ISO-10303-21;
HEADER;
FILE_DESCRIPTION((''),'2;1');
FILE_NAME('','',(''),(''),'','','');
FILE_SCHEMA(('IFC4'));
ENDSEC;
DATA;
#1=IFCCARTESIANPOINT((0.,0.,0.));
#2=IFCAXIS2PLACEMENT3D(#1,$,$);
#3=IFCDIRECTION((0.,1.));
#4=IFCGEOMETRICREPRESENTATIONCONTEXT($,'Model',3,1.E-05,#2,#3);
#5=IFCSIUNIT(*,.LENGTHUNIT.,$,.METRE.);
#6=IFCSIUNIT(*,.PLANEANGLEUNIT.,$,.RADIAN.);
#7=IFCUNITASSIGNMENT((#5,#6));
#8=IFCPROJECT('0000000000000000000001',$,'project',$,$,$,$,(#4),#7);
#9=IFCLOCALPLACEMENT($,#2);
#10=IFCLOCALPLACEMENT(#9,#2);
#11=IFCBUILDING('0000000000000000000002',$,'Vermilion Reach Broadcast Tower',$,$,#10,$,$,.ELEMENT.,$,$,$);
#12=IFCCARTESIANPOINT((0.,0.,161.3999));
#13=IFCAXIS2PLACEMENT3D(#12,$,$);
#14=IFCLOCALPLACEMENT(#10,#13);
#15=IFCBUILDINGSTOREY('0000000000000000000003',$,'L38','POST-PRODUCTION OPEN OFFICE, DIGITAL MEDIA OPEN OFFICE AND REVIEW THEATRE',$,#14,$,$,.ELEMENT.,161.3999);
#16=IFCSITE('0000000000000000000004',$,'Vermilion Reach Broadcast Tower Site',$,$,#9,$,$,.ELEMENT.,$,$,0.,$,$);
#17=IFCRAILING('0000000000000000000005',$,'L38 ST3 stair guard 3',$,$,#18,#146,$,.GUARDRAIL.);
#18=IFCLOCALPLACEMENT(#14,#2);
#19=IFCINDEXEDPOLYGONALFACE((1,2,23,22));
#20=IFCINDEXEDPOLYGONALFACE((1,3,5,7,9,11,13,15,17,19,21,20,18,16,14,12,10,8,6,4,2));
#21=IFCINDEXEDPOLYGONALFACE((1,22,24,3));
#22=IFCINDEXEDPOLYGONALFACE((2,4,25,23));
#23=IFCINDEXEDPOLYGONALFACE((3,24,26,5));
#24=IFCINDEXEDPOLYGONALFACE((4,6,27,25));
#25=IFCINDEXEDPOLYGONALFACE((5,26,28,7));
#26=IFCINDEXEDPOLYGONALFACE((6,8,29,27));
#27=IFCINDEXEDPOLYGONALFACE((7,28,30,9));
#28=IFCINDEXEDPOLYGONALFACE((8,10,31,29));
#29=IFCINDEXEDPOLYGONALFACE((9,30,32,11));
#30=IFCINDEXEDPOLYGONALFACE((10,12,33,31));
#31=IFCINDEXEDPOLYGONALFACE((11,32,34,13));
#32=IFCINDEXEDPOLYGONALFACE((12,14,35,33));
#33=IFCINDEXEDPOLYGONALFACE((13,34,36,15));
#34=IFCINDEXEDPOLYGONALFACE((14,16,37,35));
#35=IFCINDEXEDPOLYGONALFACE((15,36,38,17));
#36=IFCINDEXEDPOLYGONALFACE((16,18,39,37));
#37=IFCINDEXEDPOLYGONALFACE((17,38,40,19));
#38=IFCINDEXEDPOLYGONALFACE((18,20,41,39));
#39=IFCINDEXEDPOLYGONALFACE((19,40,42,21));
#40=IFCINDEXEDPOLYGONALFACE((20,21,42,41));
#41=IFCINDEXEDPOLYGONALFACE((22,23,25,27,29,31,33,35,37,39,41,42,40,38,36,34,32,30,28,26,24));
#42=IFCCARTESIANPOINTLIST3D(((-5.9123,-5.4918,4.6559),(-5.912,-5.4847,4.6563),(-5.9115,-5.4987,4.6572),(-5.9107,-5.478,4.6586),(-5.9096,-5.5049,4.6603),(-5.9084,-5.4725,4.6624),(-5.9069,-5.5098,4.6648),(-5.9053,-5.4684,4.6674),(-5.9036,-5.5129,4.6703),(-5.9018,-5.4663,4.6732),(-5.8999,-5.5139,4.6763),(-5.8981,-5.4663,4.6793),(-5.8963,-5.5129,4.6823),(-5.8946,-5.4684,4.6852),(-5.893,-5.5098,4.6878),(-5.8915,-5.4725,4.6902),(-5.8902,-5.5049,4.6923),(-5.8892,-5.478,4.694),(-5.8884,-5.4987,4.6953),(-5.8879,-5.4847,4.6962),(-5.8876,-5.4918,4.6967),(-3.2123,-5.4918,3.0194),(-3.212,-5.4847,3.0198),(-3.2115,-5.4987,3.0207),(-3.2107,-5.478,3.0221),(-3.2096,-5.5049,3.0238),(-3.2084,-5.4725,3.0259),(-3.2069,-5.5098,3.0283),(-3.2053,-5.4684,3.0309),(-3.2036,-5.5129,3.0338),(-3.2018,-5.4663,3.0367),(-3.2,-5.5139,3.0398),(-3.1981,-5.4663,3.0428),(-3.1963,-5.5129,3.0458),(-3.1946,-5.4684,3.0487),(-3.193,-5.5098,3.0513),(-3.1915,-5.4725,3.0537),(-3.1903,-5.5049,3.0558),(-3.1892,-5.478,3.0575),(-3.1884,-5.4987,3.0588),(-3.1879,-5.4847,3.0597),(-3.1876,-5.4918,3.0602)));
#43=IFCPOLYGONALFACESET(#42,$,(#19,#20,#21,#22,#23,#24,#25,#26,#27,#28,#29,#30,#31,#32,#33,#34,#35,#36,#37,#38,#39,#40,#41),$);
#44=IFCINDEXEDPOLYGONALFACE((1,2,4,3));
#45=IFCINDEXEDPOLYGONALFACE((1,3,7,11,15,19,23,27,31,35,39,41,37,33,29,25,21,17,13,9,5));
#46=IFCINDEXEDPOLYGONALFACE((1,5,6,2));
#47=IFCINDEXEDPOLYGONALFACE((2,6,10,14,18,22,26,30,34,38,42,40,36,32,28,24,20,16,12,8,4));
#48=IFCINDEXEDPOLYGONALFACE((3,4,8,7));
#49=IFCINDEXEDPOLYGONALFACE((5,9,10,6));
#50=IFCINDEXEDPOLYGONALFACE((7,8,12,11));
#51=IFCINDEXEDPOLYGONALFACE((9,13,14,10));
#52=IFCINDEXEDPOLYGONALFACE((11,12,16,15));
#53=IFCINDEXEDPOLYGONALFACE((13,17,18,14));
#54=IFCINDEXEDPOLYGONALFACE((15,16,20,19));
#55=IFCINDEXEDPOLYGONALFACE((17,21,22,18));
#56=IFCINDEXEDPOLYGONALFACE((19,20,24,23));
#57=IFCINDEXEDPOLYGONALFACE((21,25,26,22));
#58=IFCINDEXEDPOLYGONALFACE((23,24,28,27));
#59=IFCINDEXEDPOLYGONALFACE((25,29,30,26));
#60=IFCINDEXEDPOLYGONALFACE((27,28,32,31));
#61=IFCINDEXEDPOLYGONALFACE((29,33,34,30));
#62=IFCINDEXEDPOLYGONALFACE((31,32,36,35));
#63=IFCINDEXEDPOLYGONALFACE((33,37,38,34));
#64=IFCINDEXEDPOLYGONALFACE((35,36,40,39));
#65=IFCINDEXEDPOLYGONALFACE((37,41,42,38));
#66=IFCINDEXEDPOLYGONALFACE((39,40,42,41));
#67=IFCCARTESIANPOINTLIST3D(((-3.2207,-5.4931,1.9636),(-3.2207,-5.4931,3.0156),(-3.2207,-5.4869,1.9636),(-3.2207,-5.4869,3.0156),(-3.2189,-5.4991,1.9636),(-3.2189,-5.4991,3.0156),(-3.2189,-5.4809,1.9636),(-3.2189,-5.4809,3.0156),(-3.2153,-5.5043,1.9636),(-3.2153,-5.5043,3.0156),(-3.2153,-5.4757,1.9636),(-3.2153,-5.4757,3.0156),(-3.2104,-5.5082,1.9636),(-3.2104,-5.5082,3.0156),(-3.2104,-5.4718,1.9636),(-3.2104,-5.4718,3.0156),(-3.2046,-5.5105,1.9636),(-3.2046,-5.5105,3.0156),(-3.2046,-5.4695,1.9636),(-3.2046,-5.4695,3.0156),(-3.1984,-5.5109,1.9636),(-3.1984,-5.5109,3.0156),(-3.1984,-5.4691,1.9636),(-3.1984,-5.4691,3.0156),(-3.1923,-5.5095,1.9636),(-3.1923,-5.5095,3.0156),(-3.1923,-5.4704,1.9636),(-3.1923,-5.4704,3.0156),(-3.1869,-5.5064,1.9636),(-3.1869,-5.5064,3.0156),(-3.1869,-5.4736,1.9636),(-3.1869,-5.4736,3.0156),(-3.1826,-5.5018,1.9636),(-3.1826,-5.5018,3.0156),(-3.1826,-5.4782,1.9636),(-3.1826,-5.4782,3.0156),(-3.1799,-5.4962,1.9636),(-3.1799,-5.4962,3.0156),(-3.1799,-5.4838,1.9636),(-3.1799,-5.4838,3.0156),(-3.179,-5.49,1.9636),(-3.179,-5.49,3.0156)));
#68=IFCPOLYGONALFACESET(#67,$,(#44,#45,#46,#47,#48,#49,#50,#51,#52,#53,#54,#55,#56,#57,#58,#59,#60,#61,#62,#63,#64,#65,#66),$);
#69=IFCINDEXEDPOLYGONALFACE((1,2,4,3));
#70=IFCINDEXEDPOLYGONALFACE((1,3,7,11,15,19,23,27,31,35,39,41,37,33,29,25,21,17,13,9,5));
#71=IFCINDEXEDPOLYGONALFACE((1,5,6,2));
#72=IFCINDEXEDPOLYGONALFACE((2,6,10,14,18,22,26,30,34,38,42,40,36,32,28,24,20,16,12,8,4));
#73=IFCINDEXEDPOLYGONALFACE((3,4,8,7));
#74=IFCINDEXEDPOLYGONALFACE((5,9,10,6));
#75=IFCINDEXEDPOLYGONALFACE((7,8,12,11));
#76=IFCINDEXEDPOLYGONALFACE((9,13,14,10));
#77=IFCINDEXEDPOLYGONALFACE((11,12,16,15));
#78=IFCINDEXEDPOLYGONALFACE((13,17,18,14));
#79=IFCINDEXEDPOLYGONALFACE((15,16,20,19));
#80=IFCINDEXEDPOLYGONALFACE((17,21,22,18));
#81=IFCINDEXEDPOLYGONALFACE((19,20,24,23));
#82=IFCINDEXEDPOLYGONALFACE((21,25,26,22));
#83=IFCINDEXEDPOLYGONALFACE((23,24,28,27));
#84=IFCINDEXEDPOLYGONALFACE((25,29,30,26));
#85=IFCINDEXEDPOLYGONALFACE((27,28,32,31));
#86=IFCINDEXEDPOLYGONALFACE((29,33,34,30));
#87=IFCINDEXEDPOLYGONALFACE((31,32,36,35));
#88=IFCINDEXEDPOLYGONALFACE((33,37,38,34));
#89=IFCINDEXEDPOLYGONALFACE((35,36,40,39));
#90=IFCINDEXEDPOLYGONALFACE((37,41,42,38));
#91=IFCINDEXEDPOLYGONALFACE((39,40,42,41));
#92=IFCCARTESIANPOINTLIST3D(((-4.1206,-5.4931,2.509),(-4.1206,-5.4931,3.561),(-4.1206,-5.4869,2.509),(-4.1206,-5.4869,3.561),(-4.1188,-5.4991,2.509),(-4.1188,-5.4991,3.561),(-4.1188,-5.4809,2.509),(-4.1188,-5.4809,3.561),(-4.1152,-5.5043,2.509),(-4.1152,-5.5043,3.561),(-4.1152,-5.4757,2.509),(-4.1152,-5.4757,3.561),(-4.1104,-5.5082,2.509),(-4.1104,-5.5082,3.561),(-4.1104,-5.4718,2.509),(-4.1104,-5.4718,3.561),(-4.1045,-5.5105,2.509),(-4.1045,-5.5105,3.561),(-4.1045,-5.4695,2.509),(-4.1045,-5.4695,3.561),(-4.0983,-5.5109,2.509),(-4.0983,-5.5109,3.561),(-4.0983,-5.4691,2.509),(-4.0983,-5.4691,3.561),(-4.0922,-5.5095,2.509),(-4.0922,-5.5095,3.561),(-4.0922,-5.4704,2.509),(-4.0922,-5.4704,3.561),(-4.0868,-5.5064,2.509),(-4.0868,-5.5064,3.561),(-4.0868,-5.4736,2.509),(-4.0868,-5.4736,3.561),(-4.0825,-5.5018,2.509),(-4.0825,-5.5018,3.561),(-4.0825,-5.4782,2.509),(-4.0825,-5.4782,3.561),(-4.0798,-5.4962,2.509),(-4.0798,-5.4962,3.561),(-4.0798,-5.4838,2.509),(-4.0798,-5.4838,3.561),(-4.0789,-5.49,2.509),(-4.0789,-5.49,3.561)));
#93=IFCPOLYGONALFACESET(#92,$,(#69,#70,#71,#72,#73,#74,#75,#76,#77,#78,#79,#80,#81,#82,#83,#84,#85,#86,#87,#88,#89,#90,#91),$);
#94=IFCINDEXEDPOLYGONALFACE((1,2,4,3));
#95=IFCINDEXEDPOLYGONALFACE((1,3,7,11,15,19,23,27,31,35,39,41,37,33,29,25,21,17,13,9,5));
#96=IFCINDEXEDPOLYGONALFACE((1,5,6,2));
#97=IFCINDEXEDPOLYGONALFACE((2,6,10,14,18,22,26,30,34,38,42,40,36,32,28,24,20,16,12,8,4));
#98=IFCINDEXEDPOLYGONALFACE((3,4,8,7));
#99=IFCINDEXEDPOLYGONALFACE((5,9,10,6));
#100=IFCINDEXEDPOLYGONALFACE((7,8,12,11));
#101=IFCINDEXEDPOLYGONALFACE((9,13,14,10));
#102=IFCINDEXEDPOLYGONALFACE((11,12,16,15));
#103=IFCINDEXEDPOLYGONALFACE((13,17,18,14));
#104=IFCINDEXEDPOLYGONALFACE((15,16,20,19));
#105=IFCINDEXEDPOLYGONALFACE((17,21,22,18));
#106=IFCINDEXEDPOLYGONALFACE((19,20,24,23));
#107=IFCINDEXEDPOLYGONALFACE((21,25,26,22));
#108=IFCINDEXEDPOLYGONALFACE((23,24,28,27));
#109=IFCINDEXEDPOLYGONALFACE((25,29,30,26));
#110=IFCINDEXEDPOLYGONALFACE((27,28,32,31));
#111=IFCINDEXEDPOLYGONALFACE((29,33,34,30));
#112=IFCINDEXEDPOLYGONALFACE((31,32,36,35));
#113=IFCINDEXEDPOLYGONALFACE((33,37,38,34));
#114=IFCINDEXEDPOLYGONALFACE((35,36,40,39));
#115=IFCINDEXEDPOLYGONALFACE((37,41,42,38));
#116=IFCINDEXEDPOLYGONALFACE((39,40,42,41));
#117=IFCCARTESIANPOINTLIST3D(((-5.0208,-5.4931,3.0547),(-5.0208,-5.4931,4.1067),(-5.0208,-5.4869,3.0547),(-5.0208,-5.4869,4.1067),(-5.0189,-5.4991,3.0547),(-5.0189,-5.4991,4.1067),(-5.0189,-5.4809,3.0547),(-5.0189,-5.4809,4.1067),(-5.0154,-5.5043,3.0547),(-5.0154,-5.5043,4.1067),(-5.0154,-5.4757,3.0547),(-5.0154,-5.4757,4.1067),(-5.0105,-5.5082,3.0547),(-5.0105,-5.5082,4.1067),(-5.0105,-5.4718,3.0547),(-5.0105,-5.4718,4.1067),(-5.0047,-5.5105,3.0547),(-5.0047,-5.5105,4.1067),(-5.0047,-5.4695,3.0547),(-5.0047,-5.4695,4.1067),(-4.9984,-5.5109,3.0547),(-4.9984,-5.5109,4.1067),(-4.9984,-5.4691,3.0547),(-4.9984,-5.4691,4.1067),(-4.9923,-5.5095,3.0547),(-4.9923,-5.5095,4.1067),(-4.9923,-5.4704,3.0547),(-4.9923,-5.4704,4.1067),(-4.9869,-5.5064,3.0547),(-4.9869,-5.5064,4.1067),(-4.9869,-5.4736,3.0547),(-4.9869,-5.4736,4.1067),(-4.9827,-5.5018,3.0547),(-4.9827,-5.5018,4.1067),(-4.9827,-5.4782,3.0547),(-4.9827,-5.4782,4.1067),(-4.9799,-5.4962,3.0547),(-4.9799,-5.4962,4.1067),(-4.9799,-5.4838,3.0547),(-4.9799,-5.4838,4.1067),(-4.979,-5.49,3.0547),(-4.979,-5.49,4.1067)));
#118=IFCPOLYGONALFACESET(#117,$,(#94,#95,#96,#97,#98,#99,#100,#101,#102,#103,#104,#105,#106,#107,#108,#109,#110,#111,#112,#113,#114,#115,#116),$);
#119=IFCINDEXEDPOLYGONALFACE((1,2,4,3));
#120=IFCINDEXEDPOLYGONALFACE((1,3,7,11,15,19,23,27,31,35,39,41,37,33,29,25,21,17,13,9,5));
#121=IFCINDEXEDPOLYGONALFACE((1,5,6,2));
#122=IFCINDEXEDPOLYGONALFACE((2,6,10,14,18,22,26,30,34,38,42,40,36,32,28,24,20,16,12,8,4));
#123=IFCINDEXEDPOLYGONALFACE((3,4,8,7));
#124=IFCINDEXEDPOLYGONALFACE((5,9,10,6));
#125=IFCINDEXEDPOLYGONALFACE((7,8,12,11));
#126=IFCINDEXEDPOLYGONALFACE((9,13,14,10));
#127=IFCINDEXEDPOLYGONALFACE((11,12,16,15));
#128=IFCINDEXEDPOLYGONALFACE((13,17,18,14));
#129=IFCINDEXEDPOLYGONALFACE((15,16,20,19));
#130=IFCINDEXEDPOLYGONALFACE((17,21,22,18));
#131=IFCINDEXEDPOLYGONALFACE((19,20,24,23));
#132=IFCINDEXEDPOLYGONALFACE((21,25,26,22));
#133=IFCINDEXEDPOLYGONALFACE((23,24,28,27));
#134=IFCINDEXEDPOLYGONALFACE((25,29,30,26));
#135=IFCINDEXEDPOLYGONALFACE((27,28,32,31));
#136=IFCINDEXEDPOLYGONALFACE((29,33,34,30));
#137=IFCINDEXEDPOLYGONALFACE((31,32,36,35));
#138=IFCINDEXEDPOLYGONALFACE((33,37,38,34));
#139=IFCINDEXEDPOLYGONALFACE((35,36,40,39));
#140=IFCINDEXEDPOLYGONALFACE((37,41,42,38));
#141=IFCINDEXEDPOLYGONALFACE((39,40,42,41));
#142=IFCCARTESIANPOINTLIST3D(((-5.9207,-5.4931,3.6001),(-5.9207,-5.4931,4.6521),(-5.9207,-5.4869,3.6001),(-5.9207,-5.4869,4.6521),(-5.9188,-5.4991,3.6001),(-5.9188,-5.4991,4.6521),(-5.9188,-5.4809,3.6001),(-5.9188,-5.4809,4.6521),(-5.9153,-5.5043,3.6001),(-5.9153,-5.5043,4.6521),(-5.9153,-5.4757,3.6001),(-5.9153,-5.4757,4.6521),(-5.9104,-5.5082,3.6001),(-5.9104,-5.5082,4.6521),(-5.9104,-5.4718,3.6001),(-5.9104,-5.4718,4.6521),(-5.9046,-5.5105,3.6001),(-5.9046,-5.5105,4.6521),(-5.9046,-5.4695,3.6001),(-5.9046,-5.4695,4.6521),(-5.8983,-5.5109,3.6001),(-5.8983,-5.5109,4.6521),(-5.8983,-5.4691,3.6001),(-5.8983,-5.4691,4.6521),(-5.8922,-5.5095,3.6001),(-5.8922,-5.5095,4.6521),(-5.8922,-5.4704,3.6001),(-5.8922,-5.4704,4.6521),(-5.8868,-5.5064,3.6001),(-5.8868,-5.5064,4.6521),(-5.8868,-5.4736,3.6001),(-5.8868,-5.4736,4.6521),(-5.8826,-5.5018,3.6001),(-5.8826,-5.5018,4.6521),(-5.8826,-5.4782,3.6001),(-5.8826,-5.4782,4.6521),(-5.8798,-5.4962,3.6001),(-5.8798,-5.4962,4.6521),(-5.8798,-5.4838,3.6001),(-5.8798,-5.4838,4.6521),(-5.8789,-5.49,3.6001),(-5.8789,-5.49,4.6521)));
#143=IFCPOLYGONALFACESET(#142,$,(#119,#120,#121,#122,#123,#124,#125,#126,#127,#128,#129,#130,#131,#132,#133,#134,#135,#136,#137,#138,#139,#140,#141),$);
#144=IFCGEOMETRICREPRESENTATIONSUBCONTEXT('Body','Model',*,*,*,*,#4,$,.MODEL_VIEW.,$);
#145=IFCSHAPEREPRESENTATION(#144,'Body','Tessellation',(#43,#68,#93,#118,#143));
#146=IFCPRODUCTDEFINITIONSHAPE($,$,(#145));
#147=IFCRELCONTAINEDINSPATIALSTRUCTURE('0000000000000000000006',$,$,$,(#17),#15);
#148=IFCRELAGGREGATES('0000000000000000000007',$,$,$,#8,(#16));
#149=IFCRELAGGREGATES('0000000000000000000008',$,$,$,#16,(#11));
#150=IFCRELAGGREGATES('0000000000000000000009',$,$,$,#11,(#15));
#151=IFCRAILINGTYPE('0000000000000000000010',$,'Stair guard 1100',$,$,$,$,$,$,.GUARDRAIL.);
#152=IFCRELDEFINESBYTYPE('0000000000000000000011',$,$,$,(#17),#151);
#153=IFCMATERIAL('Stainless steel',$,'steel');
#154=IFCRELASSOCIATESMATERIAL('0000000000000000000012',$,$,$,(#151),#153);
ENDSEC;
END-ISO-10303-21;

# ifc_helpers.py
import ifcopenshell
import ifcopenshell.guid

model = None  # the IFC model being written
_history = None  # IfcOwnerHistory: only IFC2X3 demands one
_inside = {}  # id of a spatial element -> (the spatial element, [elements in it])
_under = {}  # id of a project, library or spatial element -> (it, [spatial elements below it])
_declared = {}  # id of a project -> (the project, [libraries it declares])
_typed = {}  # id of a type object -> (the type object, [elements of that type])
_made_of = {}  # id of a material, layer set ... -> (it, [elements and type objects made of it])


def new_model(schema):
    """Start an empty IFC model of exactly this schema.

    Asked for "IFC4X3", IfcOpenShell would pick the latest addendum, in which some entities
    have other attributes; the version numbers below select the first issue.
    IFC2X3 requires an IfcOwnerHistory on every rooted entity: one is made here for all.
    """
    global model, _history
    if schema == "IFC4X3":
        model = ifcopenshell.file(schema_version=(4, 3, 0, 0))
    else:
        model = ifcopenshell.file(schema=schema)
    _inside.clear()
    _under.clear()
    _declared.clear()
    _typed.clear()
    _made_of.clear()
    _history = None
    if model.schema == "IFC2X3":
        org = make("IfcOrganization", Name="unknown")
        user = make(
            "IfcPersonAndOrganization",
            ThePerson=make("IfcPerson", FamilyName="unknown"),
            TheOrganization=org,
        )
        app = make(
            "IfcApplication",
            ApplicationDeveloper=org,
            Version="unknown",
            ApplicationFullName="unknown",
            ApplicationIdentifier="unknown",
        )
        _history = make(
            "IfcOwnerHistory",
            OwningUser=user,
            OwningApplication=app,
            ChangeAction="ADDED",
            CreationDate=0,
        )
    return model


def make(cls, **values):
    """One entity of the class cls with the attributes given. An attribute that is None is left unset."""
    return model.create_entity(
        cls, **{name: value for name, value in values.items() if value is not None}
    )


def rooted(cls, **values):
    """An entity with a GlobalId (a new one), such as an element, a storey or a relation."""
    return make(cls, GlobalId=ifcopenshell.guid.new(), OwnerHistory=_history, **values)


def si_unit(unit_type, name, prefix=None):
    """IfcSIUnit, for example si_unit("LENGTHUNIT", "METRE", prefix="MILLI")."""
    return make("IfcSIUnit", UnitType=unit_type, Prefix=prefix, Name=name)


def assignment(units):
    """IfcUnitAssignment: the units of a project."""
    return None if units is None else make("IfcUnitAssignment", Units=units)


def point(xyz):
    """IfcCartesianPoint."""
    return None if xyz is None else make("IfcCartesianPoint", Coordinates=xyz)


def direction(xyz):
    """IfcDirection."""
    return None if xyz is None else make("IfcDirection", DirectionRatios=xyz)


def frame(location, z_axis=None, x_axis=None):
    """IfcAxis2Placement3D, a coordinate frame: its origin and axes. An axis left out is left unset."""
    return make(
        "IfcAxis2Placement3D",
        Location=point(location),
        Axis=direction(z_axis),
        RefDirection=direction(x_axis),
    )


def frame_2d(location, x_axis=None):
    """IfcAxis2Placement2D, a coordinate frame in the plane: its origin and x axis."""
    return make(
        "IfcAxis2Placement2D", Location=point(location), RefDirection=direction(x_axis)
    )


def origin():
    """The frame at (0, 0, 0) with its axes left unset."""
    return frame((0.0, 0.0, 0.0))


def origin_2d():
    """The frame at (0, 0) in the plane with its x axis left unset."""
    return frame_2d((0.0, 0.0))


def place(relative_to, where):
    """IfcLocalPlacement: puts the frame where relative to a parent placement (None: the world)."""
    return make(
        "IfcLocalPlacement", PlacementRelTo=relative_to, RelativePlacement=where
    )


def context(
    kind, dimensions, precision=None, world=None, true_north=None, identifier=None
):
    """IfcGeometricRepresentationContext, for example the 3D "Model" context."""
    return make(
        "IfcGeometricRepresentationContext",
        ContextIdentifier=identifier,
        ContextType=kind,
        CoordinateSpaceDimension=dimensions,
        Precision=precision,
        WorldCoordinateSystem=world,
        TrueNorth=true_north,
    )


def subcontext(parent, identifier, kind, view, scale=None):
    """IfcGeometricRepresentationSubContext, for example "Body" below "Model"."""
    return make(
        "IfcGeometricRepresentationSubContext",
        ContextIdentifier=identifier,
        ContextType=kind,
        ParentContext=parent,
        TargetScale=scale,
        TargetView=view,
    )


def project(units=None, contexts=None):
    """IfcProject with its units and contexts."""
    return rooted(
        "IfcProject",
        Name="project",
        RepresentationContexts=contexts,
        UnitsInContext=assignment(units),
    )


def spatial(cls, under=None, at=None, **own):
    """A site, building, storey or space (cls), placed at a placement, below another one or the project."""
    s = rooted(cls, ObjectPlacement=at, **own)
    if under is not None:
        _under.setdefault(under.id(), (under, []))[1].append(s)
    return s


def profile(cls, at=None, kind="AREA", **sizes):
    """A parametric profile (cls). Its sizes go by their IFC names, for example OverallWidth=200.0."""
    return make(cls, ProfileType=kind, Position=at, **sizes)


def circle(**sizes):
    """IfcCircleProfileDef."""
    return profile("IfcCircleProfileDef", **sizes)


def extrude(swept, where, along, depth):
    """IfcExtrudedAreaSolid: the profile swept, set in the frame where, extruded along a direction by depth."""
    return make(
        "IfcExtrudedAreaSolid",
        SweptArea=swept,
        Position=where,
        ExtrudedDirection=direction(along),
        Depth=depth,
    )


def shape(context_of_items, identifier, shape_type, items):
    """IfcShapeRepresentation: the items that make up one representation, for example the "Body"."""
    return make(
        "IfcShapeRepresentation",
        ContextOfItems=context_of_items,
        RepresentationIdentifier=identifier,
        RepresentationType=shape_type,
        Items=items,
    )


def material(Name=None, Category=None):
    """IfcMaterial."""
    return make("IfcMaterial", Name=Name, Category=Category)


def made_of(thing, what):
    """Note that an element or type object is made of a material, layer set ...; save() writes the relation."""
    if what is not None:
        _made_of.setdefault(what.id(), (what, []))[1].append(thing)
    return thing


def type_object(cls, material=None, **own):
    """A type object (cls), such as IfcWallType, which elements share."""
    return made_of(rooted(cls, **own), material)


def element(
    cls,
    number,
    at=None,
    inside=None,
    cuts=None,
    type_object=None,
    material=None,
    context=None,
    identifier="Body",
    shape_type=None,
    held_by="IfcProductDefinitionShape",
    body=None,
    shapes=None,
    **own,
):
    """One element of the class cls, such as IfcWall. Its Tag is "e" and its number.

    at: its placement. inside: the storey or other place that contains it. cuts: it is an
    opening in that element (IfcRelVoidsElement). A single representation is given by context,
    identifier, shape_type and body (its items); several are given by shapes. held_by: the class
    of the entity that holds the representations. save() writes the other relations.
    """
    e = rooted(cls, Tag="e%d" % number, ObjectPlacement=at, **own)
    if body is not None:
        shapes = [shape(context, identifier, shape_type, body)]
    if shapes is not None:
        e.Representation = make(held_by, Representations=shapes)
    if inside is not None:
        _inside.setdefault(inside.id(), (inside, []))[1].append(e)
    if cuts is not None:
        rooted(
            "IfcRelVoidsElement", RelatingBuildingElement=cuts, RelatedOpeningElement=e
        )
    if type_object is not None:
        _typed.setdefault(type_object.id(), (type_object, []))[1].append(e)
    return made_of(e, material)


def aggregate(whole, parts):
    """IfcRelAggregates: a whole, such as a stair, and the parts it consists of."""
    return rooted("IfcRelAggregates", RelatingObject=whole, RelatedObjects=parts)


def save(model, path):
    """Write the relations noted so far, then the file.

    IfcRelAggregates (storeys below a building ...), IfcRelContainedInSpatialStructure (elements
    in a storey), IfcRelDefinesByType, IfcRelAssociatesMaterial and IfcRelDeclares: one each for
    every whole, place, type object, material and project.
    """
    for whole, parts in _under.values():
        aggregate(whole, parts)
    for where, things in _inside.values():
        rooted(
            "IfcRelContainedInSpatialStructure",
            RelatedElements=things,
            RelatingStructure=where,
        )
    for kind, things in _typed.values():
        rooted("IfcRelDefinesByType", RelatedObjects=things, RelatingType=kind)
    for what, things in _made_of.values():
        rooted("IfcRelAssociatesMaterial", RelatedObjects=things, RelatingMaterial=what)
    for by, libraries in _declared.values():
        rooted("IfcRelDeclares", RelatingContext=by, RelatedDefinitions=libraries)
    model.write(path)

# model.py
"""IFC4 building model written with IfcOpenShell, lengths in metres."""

from ifc_helpers import new_model, si_unit, direction, frame, origin, origin_2d, place, context, subcontext, project, spatial, circle, extrude, material, type_object, element, save


model = new_model("IFC4")

# Units and contexts
model_context = context("Model", 3, precision=1e-05, world=origin(), true_north=direction((0.0, 1.0)))
body_context = subcontext(model_context, "Body", "Model", "MODEL_VIEW")
ifc_project = project(units=[si_unit("LENGTHUNIT", "METRE"), si_unit("PLANEANGLEUNIT", "RADIAN")], contexts=[model_context])

# Site, building, storey
site_placement = place(None, origin())
site = spatial("IfcSite", under=ifc_project, at=site_placement, Name="Vermilion Reach Broadcast Tower Site", CompositionType="ELEMENT", RefElevation=0.0)
building_placement = place(site_placement, origin())
building = spatial("IfcBuilding", under=site, at=building_placement, Name="Vermilion Reach Broadcast Tower", CompositionType="ELEMENT")
storey_placement = place(building_placement, frame((0.0, 0.0, 161.3999)))
storey = spatial("IfcBuildingStorey", under=building, at=storey_placement, Name="L38", Description="POST-PRODUCTION OPEN OFFICE, DIGITAL MEDIA OPEN OFFICE AND REVIEW THEATRE", CompositionType="ELEMENT", Elevation=161.3999)

# Railing
ifc_material_1 = material(Name="Stainless steel", Category="steel")
railing_type_1 = type_object("IfcRailingType", Name="Stair guard 1100", PredefinedType="GUARDRAIL", material=ifc_material_1)
railing_1_placement = place(storey_placement, frame((-3.2, -5.49, 1.9636)))
element("IfcRailing", 1, at=railing_1_placement, inside=storey, type_object=railing_type_1, Name="L38 ST3 stair guard 3", PredefinedType="GUARDRAIL", context=body_context, shape_type="SweptSolid", body=[
    extrude(circle(Radius=0.0239, at=origin_2d()), frame((0.0, 0.0, 1.0762), z_axis=(-0.855178, 0.0, 0.518334), x_axis=(0.0, -1.0, 0.0)), (0.0, 0.0, 1.0), 3.1572),
    extrude(circle(Radius=0.021, at=origin_2d()), origin(), (0.0, 0.0, 1.0), 1.052),
    extrude(circle(Radius=0.021, at=origin_2d()), frame((-0.8999, 0.0, 0.5454)), (0.0, 0.0, 1.0), 1.052),
    extrude(circle(Radius=0.021, at=origin_2d()), frame((-1.8, 0.0, 1.0911)), (0.0, 0.0, 1.0), 1.052),
    extrude(circle(Radius=0.021, at=origin_2d()), frame((-2.7, 0.0, 1.6365)), (0.0, 0.0, 1.0), 1.052),
])

save(model, "model.ifc")
